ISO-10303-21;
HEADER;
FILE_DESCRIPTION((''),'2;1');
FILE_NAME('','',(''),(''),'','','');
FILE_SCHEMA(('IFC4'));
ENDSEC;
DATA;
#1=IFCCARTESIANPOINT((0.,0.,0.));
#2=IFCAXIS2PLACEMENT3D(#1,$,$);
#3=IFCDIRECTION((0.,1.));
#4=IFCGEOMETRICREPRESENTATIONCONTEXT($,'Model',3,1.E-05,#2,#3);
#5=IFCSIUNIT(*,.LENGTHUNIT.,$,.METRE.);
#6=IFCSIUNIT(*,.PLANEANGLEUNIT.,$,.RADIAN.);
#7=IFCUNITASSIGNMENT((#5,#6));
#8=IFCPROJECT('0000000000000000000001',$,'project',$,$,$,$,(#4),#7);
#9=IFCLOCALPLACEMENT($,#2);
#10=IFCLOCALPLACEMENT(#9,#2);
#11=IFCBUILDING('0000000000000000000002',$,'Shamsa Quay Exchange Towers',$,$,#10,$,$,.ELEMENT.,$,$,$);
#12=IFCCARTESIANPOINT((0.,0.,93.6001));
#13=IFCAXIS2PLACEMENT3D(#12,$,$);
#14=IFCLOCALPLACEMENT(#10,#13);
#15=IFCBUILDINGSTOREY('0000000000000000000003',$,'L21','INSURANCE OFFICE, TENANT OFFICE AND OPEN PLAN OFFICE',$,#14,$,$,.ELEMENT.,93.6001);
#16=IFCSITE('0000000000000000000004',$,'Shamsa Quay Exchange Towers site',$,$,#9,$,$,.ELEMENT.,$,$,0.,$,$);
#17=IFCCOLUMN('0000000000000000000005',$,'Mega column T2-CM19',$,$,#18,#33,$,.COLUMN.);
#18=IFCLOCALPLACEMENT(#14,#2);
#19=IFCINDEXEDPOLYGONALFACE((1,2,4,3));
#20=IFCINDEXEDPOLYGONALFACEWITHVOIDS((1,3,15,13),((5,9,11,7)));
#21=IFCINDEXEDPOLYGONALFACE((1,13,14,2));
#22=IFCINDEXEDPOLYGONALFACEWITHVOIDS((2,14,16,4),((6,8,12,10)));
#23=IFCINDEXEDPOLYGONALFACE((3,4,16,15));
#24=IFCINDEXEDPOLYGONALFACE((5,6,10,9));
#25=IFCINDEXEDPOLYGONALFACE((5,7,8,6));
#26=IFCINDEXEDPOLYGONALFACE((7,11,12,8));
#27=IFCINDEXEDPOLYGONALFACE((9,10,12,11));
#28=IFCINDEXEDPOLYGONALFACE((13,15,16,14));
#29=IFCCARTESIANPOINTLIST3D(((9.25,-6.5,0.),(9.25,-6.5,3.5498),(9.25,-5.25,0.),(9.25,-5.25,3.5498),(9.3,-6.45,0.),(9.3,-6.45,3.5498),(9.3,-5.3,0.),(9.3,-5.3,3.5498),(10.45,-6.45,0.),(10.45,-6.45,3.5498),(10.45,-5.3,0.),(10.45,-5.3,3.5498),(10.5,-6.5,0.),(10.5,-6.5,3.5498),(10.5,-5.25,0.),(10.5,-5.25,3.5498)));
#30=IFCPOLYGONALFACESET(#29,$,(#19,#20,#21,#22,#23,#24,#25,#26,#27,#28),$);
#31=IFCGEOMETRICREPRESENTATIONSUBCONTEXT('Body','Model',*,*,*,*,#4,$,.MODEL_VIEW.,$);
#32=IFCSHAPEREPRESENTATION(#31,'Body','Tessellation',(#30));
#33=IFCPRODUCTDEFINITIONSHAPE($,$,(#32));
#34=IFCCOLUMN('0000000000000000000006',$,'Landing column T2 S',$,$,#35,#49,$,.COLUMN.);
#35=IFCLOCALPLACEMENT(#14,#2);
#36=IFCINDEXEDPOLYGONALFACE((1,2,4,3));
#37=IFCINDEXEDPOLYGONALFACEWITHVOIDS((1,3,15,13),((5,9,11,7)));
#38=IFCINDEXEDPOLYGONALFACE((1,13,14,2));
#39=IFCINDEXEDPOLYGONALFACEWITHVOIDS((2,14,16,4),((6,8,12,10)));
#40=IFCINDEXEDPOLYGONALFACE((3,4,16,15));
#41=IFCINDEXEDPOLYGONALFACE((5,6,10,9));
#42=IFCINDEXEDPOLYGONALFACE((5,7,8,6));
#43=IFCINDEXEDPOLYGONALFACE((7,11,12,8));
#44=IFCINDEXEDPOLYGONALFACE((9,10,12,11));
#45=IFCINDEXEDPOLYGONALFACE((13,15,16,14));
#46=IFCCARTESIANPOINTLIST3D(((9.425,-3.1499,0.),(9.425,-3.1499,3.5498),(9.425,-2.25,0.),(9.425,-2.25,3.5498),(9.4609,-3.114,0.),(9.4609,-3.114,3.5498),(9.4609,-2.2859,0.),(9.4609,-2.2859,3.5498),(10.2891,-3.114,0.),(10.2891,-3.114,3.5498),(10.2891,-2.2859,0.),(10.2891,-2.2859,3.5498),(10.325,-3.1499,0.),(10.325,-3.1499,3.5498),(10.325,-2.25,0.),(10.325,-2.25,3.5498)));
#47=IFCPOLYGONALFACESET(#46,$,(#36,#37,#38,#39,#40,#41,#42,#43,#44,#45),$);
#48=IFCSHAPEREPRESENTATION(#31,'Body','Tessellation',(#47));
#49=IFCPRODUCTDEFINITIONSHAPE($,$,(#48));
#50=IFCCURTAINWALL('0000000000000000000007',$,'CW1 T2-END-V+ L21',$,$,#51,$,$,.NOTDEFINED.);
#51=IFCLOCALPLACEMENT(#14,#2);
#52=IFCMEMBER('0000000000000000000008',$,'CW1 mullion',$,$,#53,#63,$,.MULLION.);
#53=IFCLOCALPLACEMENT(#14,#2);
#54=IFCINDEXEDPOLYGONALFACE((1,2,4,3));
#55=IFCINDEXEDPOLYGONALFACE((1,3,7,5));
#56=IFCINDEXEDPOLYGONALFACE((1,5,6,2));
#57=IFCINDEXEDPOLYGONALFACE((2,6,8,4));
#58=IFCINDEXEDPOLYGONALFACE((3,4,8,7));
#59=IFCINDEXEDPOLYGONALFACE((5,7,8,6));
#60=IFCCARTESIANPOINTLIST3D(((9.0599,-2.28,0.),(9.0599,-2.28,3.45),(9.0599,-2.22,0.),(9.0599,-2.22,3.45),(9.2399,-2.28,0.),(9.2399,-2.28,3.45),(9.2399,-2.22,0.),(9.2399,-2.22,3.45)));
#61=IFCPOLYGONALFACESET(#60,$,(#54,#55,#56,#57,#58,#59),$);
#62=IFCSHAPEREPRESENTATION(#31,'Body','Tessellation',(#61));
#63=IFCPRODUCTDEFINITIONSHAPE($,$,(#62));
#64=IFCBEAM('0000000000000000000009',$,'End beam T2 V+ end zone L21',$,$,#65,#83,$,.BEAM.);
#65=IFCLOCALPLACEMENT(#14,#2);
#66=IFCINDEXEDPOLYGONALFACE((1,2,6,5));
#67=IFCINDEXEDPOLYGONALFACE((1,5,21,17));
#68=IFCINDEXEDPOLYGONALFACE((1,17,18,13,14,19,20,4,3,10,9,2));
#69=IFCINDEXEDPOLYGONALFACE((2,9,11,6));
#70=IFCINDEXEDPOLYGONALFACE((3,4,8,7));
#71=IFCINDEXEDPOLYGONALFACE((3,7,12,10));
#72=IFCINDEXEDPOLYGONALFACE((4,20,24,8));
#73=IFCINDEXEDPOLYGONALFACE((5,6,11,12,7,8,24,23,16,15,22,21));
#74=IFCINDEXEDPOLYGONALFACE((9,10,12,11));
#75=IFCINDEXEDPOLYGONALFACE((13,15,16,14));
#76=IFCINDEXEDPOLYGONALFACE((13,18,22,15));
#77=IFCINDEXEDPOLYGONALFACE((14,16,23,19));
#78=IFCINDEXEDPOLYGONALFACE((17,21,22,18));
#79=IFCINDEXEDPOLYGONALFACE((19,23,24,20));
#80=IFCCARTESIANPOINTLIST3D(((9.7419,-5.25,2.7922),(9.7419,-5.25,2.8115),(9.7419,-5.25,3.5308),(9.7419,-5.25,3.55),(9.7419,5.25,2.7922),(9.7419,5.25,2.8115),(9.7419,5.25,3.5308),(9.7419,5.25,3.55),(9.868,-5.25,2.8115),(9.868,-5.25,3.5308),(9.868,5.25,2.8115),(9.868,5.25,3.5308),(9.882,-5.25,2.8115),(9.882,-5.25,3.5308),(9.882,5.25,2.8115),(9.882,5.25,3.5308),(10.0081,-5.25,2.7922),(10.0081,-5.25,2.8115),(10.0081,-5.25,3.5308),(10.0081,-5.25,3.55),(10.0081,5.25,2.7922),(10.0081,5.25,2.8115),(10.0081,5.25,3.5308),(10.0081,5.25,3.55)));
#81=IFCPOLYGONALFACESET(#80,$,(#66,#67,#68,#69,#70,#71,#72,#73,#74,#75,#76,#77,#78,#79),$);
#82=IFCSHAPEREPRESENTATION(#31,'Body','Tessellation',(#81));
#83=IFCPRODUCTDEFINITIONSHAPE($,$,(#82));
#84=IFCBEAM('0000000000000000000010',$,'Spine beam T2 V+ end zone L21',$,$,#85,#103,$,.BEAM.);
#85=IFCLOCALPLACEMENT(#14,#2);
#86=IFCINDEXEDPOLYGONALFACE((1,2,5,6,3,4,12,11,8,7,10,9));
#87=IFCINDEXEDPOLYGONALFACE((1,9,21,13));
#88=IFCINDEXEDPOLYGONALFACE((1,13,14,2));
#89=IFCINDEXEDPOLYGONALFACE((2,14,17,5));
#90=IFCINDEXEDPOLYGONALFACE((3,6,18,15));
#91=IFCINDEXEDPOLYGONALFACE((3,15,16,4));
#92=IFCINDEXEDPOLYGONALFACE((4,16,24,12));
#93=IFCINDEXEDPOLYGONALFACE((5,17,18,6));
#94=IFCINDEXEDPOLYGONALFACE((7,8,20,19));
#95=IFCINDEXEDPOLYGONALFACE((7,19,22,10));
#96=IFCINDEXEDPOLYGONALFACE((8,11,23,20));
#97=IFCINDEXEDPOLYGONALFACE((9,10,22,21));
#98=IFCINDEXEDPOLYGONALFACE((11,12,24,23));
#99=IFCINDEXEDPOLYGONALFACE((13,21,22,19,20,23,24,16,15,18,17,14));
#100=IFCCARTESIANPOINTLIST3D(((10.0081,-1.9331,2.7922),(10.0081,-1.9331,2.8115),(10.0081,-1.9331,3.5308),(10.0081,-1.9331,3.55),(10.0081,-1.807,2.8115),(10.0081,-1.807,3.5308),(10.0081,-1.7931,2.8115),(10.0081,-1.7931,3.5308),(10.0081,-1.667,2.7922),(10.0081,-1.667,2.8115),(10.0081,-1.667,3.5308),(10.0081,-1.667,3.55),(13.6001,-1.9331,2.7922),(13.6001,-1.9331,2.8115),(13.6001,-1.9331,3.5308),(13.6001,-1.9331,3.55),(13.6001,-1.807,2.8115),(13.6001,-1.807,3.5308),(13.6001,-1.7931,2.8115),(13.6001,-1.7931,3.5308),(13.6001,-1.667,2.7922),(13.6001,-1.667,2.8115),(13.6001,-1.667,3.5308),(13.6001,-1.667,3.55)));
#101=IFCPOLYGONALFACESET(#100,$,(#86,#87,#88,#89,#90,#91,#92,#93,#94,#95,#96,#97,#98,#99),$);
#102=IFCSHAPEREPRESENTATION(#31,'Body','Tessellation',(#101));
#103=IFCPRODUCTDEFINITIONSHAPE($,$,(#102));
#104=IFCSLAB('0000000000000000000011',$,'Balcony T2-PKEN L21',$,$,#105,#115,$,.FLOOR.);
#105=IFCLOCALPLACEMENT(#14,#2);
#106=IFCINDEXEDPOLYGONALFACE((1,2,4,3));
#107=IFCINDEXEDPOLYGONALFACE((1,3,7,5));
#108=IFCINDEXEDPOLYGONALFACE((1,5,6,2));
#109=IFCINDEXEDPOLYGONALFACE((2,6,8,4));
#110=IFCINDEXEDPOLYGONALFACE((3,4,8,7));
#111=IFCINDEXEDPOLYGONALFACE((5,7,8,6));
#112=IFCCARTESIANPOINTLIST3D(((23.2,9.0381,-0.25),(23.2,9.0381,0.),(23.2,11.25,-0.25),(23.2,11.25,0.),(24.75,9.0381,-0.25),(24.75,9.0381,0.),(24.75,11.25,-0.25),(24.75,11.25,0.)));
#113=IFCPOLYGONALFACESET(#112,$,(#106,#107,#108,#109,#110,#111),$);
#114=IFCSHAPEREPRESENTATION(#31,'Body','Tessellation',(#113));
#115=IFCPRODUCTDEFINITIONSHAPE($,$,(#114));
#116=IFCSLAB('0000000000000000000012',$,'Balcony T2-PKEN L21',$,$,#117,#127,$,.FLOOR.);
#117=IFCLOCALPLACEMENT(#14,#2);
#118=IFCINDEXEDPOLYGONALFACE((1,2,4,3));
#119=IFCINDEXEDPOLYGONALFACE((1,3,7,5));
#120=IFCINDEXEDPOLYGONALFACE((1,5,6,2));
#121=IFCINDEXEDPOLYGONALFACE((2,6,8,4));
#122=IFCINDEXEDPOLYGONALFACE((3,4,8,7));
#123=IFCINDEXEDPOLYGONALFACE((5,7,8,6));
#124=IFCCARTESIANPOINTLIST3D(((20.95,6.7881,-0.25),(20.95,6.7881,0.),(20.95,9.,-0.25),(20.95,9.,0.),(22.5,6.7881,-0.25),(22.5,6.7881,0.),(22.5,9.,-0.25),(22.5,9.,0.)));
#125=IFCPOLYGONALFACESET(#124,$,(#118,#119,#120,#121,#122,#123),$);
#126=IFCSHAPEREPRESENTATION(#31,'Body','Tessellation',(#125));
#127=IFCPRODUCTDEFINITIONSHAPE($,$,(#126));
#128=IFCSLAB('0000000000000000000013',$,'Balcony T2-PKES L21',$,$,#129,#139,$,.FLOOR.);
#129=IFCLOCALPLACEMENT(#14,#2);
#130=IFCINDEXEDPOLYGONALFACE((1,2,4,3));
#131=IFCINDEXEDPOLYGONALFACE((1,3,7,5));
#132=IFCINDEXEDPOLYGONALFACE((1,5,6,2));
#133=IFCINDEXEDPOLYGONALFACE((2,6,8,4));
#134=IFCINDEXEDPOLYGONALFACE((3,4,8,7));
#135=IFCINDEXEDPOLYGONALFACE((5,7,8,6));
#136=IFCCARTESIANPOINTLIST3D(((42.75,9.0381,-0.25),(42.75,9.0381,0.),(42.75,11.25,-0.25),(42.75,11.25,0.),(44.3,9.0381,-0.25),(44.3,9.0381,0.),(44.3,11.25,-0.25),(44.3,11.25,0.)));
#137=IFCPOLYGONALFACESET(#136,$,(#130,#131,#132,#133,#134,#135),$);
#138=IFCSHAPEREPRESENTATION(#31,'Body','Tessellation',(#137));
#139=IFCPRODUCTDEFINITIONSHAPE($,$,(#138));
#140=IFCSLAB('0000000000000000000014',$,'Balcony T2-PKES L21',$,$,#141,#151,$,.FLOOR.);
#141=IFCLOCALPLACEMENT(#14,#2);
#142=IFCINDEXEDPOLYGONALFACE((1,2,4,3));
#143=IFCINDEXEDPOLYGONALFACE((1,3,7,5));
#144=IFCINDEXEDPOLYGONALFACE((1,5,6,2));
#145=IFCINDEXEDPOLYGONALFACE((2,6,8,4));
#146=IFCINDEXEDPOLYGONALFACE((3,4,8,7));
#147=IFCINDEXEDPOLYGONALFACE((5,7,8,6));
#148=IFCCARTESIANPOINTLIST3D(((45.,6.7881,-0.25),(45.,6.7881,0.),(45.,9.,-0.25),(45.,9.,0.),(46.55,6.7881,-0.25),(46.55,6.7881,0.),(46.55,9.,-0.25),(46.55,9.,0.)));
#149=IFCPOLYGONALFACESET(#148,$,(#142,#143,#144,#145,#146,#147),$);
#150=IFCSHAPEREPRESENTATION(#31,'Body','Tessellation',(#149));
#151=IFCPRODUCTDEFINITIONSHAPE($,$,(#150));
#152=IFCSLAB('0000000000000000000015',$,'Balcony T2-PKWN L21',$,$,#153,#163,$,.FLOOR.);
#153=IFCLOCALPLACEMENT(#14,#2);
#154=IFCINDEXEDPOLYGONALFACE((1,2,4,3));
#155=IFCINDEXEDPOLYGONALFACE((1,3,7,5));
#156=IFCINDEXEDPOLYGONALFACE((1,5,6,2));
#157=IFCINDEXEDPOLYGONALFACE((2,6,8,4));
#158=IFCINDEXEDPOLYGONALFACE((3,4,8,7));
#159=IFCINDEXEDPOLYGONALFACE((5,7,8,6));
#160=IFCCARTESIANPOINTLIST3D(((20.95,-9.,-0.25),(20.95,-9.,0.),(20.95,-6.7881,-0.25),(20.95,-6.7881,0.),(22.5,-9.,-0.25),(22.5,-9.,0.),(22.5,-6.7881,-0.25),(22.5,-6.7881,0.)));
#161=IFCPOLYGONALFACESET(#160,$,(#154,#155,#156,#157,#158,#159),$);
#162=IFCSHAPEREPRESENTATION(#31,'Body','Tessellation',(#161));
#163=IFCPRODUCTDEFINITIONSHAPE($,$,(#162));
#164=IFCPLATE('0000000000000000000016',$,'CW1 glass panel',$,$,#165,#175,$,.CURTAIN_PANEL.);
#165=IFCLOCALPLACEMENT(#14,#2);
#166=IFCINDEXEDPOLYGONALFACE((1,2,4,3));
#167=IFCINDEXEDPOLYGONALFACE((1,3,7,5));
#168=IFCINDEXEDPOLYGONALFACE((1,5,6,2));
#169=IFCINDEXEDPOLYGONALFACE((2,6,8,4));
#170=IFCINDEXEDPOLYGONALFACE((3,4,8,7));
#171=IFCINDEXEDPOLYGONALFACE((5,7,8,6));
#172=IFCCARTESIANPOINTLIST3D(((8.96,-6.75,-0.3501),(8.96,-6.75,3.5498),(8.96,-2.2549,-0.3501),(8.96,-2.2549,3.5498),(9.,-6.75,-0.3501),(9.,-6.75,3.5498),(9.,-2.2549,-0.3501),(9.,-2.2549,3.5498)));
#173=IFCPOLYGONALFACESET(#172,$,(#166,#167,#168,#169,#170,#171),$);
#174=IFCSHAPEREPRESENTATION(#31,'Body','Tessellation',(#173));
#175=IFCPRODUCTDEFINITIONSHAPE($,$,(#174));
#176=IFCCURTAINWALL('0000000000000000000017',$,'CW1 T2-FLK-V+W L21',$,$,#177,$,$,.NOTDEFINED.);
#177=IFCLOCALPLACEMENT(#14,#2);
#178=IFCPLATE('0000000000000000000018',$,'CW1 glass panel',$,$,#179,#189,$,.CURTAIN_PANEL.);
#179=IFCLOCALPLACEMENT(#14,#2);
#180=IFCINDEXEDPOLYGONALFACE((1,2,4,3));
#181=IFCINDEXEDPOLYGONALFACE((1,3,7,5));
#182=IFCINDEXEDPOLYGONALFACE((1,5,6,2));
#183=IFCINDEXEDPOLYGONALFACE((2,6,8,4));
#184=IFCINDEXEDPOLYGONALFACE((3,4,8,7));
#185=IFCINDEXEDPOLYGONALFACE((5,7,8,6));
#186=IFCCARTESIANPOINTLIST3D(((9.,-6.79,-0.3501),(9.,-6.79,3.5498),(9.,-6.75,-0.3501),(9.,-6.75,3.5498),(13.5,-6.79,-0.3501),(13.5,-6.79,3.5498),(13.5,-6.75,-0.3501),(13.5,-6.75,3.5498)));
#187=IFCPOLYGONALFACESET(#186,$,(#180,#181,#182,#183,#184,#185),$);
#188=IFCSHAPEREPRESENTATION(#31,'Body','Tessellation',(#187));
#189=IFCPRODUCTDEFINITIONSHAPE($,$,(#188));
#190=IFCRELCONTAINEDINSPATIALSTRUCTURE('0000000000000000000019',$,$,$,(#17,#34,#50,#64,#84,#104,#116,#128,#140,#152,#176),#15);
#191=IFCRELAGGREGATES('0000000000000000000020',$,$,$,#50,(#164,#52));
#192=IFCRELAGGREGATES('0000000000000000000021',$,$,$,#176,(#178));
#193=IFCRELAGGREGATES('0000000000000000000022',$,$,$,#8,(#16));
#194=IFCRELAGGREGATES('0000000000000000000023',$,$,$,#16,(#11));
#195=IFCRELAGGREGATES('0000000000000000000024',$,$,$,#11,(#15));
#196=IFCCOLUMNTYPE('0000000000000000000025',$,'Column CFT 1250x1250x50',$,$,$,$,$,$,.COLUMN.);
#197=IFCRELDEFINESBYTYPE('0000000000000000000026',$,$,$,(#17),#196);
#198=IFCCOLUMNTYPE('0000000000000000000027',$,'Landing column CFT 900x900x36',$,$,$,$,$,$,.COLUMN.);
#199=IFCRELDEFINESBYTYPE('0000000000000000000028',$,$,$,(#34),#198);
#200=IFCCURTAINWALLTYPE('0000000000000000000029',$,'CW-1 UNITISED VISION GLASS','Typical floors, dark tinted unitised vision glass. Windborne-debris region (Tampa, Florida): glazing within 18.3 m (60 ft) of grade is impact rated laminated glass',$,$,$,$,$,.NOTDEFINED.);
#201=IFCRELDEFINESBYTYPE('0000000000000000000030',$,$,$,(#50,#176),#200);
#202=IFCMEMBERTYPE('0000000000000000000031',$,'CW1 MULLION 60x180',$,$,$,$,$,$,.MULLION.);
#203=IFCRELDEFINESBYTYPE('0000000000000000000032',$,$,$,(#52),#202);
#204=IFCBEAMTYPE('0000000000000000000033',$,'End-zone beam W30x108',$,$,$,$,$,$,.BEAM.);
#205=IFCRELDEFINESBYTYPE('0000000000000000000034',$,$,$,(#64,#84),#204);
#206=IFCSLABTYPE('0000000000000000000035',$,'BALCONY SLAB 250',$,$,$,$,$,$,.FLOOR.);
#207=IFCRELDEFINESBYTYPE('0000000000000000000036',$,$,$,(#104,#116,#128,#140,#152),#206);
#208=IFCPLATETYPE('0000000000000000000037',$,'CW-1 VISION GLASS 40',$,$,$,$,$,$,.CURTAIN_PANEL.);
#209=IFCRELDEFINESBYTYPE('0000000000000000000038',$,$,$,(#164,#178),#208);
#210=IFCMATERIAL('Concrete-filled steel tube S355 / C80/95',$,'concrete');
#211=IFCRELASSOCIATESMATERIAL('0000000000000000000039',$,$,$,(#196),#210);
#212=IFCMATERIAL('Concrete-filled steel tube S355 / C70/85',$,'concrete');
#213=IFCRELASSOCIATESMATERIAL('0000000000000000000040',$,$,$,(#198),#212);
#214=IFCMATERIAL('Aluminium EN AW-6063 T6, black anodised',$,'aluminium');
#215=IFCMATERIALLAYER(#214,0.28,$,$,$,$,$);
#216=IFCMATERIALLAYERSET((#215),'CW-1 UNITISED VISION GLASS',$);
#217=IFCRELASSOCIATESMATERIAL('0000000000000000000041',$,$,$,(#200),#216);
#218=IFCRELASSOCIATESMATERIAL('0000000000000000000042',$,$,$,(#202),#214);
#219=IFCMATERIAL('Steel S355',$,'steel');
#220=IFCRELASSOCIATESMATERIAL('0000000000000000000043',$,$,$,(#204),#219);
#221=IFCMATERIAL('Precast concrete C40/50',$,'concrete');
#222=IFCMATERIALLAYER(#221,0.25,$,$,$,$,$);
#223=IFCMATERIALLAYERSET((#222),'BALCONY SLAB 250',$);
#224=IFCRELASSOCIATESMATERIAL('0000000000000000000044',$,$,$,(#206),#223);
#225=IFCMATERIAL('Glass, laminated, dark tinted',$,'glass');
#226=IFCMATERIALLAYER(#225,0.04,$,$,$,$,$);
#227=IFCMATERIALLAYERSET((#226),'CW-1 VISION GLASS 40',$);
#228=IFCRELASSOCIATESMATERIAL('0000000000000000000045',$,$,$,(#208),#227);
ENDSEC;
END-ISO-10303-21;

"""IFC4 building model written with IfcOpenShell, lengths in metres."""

from ifc_helpers import new_model, si_unit, direction, frame, origin, origin_2d, place, context, subcontext, project, spatial, polyline, rectangle, hollow_rectangle, i_section, outline, extrude, material, layer, layer_set, material_profile, profile_set, type_object, element, aggregate, save


model = new_model("IFC4")

# Units and contexts
model_context = context("Model", 3, precision=1e-05, world=origin(), true_north=direction((0.0, 1.0)))
body_context = subcontext(model_context, "Body", "Model", "MODEL_VIEW")
ifc_project = project(units=[si_unit("LENGTHUNIT", "METRE"), si_unit("PLANEANGLEUNIT", "RADIAN")], contexts=[model_context])

# Site, building, storey
site_placement = place(None, origin())
site = spatial("IfcSite", under=ifc_project, at=site_placement, Name="Shamsa Quay Exchange Towers site", CompositionType="ELEMENT", RefElevation=0.0)
building_placement = place(site_placement, origin())
building = spatial("IfcBuilding", under=site, at=building_placement, Name="Shamsa Quay Exchange Towers", CompositionType="ELEMENT")
storey_placement = place(building_placement, frame((0.0, 0.0, 93.6001)))
storey = spatial("IfcBuildingStorey", under=building, at=storey_placement, Name="L21", Description="INSURANCE OFFICE, TENANT OFFICE AND OPEN PLAN OFFICE", CompositionType="ELEMENT", Elevation=93.6001)

# Columns
ifc_material_1 = material(Name="Concrete-filled steel tube S355 / C80/95", Category="concrete")
ifc_material_profile_1 = material_profile(ifc_material_1, hollow_rectangle(XDim=1.25, YDim=1.25, WallThickness=0.05, at=origin_2d()), Name="CFT 1250x1250x50")
ifc_profile_set_1 = profile_set([ifc_material_profile_1], Name="Concrete-filled steel tube S355 / C80/95")
column_type_1 = type_object("IfcColumnType", Name="Column CFT 1250x1250x50", PredefinedType="COLUMN", material=ifc_profile_set_1)
column_1_placement = place(storey_placement, frame((9.875, -5.875, 0.0)))
element("IfcColumn", 1, at=column_1_placement, inside=storey, type_object=column_type_1, Name="Mega column T2-CM19", PredefinedType="COLUMN", context=body_context, shape_type="SweptSolid", body=[
    extrude(hollow_rectangle(XDim=1.25, YDim=1.25, WallThickness=0.05, at=origin_2d()), origin(), (0.0, 0.0, 1.0), 3.5498),
])
ifc_material_2 = material(Name="Concrete-filled steel tube S355 / C70/85", Category="concrete")
ifc_material_profile_2 = material_profile(ifc_material_2, hollow_rectangle(XDim=0.8999, YDim=0.8999, WallThickness=0.0359, at=origin_2d()), Name="CFT 900x900x36")
ifc_profile_set_2 = profile_set([ifc_material_profile_2], Name="Concrete-filled steel tube S355 / C70/85")
column_type_2 = type_object("IfcColumnType", Name="Landing column CFT 900x900x36", PredefinedType="COLUMN", material=ifc_profile_set_2)
column_2_placement = place(storey_placement, frame((9.875, -2.7, 0.0)))
element("IfcColumn", 2, at=column_2_placement, inside=storey, type_object=column_type_2, Name="Landing column T2 S", PredefinedType="COLUMN", context=body_context, shape_type="SweptSolid", body=[
    extrude(hollow_rectangle(XDim=0.8999, YDim=0.8999, WallThickness=0.0359, at=origin_2d()), origin(), (0.0, 0.0, 1.0), 3.5498),
])

# Curtain wall, member
ifc_material_3 = material(Name="Aluminium EN AW-6063 T6, black anodised", Category="aluminium")
ifc_layer_1 = layer(ifc_material_3, 0.28)
ifc_layer_set_1 = layer_set([ifc_layer_1], Name="CW-1 UNITISED VISION GLASS")
curtain_wall_type = type_object("IfcCurtainWallType", Name="CW-1 UNITISED VISION GLASS", Description="Typical floors, dark tinted unitised vision glass. Windborne-debris region (Tampa, Florida): glazing within 18.3 m (60 ft) of grade is impact rated laminated glass", PredefinedType="NOTDEFINED", material=ifc_layer_set_1)
curtain_wall_1_placement = place(storey_placement, origin())
curtain_wall_1 = element("IfcCurtainWall", 3, at=curtain_wall_1_placement, inside=storey, type_object=curtain_wall_type, Name="CW1 T2-END-V+ L21", PredefinedType="NOTDEFINED")
ifc_material_profile_3 = material_profile(ifc_material_3, rectangle(XDim=0.1799, YDim=0.0601, at=origin_2d()), Name="MU60x180")
ifc_profile_set_3 = profile_set([ifc_material_profile_3], Name="Aluminium EN AW-6063 T6, black anodised")
member_type = type_object("IfcMemberType", Name="CW1 MULLION 60x180", PredefinedType="MULLION", material=ifc_profile_set_3)
member_placement = place(storey_placement, frame((9.1499, -2.25, 0.0)))
member = element("IfcMember", 4, at=member_placement, type_object=member_type, Name="CW1 mullion", PredefinedType="MULLION", context=body_context, shape_type="SweptSolid", body=[
    extrude(rectangle(XDim=0.1799, YDim=0.0601, at=origin_2d()), origin(), (0.0, 0.0, 1.0), 3.45),
])

# Beams
ifc_material_4 = material(Name="Steel S355", Category="steel")
ifc_material_profile_4 = material_profile(ifc_material_4, i_section(OverallWidth=0.2661, OverallDepth=0.7578, WebThickness=0.0139, FlangeThickness=0.0193, at=origin_2d()), Name="W30x108")
ifc_profile_set_4 = profile_set([ifc_material_profile_4], Name="Steel S355")
beam_type = type_object("IfcBeamType", Name="End-zone beam W30x108", PredefinedType="BEAM", material=ifc_profile_set_4)
beam_1_placement = place(storey_placement, frame((9.875, -5.25, 3.1711), z_axis=(0.0, 1.0, 0.0), x_axis=(-1.0, 0.0, 0.0)))
element("IfcBeam", 5, at=beam_1_placement, inside=storey, type_object=beam_type, Name="End beam T2 V+ end zone L21", PredefinedType="BEAM", context=body_context, shape_type="SweptSolid", body=[
    extrude(i_section(OverallWidth=0.2661, OverallDepth=0.7578, WebThickness=0.0139, FlangeThickness=0.0193, at=origin_2d()), origin(), (0.0, 0.0, 1.0), 10.5),
])
beam_2_placement = place(storey_placement, frame((13.6001, -1.8, 3.1711), z_axis=(-1.0, 0.0, 0.0), x_axis=(0.0, -1.0, 0.0)))
element("IfcBeam", 6, at=beam_2_placement, inside=storey, type_object=beam_type, Name="Spine beam T2 V+ end zone L21", PredefinedType="BEAM", context=body_context, shape_type="SweptSolid", body=[
    extrude(i_section(OverallWidth=0.2661, OverallDepth=0.7578, WebThickness=0.0139, FlangeThickness=0.0193, at=origin_2d()), origin(), (0.0, 0.0, 1.0), 3.592),
])

# Slabs
ifc_material_5 = material(Name="Precast concrete C40/50", Category="concrete")
ifc_layer_2 = layer(ifc_material_5, 0.25)
ifc_layer_set_2 = layer_set([ifc_layer_2], Name="BALCONY SLAB 250")
slab_type_1 = type_object("IfcSlabType", Name="BALCONY SLAB 250", PredefinedType="FLOOR", material=ifc_layer_set_2)
slab_1_placement = place(storey_placement, frame((0.0, 0.0, -0.25)))
element("IfcSlab", 7, at=slab_1_placement, inside=storey, type_object=slab_type_1, Name="Balcony T2-PKEN L21", PredefinedType="FLOOR", context=body_context, shape_type="SweptSolid", body=[
    extrude(outline(polyline([(24.75, 11.25), (24.75, 9.0381), (23.2, 9.0381), (23.2, 11.25), (24.75, 11.25)])), origin(), (0.0, 0.0, 1.0), 0.25),
])
slab_2_placement = place(storey_placement, frame((0.0, 0.0, -0.25)))
element("IfcSlab", 8, at=slab_2_placement, inside=storey, type_object=slab_type_1, Name="Balcony T2-PKEN L21", PredefinedType="FLOOR", context=body_context, shape_type="SweptSolid", body=[
    extrude(outline(polyline([(22.5, 9.0), (22.5, 6.7881), (20.95, 6.7881), (20.95, 9.0), (22.5, 9.0)])), origin(), (0.0, 0.0, 1.0), 0.25),
])
slab_3_placement = place(storey_placement, frame((0.0, 0.0, -0.25)))
element("IfcSlab", 9, at=slab_3_placement, inside=storey, type_object=slab_type_1, Name="Balcony T2-PKES L21", PredefinedType="FLOOR", context=body_context, shape_type="SweptSolid", body=[
    extrude(outline(polyline([(42.75, 9.0381), (42.75, 11.25), (44.3, 11.25), (44.3, 9.0381), (42.75, 9.0381)])), origin(), (0.0, 0.0, 1.0), 0.25),
])
slab_4_placement = place(storey_placement, frame((0.0, 0.0, -0.25)))
element("IfcSlab", 10, at=slab_4_placement, inside=storey, type_object=slab_type_1, Name="Balcony T2-PKES L21", PredefinedType="FLOOR", context=body_context, shape_type="SweptSolid", body=[
    extrude(outline(polyline([(45.0, 6.7881), (45.0, 9.0), (46.55, 9.0), (46.55, 6.7881), (45.0, 6.7881)])), origin(), (0.0, 0.0, 1.0), 0.25),
])
slab_5_placement = place(storey_placement, frame((0.0, 0.0, -0.25)))
element("IfcSlab", 11, at=slab_5_placement, inside=storey, type_object=slab_type_1, Name="Balcony T2-PKWN L21", PredefinedType="FLOOR", context=body_context, shape_type="SweptSolid", body=[
    extrude(outline(polyline([(22.5, -6.7881), (22.5, -9.0), (20.95, -9.0), (20.95, -6.7881), (22.5, -6.7881)])), origin(), (0.0, 0.0, 1.0), 0.25),
])

# Plate
ifc_material_6 = material(Name="Glass, laminated, dark tinted", Category="glass")
ifc_layer_3 = layer(ifc_material_6, 0.04)
ifc_layer_set_3 = layer_set([ifc_layer_3], Name="CW-1 VISION GLASS 40")
plate_type = type_object("IfcPlateType", Name="CW-1 VISION GLASS 40", PredefinedType="CURTAIN_PANEL", material=ifc_layer_set_3)
plate_1_placement = place(storey_placement, frame((8.98, -4.5024, -0.3501), z_axis=(0.0, 0.0, 1.0), x_axis=(0.0, -1.0, 0.0)))
plate_1 = element("IfcPlate", 12, at=plate_1_placement, type_object=plate_type, Name="CW1 glass panel", PredefinedType="CURTAIN_PANEL", context=body_context, shape_type="SweptSolid", body=[
    extrude(rectangle(XDim=4.4951, YDim=0.04, at=origin_2d()), origin(), (0.0, 0.0, 1.0), 3.8999),
])
aggregate(curtain_wall_1, [plate_1, member])

# Curtain wall, plate
curtain_wall_2_placement = place(storey_placement, origin())
curtain_wall_2 = element("IfcCurtainWall", 13, at=curtain_wall_2_placement, inside=storey, type_object=curtain_wall_type, Name="CW1 T2-FLK-V+W L21", PredefinedType="NOTDEFINED")
plate_2_placement = place(storey_placement, frame((11.25, -6.77, -0.3501)))
plate_2 = element("IfcPlate", 14, at=plate_2_placement, type_object=plate_type, Name="CW1 glass panel", PredefinedType="CURTAIN_PANEL", context=body_context, shape_type="SweptSolid", body=[
    extrude(rectangle(XDim=4.5, YDim=0.04, at=origin_2d()), origin(), (0.0, 0.0, 1.0), 3.8999),
])
aggregate(curtain_wall_2, [plate_2])

save(model, "model.ifc")
